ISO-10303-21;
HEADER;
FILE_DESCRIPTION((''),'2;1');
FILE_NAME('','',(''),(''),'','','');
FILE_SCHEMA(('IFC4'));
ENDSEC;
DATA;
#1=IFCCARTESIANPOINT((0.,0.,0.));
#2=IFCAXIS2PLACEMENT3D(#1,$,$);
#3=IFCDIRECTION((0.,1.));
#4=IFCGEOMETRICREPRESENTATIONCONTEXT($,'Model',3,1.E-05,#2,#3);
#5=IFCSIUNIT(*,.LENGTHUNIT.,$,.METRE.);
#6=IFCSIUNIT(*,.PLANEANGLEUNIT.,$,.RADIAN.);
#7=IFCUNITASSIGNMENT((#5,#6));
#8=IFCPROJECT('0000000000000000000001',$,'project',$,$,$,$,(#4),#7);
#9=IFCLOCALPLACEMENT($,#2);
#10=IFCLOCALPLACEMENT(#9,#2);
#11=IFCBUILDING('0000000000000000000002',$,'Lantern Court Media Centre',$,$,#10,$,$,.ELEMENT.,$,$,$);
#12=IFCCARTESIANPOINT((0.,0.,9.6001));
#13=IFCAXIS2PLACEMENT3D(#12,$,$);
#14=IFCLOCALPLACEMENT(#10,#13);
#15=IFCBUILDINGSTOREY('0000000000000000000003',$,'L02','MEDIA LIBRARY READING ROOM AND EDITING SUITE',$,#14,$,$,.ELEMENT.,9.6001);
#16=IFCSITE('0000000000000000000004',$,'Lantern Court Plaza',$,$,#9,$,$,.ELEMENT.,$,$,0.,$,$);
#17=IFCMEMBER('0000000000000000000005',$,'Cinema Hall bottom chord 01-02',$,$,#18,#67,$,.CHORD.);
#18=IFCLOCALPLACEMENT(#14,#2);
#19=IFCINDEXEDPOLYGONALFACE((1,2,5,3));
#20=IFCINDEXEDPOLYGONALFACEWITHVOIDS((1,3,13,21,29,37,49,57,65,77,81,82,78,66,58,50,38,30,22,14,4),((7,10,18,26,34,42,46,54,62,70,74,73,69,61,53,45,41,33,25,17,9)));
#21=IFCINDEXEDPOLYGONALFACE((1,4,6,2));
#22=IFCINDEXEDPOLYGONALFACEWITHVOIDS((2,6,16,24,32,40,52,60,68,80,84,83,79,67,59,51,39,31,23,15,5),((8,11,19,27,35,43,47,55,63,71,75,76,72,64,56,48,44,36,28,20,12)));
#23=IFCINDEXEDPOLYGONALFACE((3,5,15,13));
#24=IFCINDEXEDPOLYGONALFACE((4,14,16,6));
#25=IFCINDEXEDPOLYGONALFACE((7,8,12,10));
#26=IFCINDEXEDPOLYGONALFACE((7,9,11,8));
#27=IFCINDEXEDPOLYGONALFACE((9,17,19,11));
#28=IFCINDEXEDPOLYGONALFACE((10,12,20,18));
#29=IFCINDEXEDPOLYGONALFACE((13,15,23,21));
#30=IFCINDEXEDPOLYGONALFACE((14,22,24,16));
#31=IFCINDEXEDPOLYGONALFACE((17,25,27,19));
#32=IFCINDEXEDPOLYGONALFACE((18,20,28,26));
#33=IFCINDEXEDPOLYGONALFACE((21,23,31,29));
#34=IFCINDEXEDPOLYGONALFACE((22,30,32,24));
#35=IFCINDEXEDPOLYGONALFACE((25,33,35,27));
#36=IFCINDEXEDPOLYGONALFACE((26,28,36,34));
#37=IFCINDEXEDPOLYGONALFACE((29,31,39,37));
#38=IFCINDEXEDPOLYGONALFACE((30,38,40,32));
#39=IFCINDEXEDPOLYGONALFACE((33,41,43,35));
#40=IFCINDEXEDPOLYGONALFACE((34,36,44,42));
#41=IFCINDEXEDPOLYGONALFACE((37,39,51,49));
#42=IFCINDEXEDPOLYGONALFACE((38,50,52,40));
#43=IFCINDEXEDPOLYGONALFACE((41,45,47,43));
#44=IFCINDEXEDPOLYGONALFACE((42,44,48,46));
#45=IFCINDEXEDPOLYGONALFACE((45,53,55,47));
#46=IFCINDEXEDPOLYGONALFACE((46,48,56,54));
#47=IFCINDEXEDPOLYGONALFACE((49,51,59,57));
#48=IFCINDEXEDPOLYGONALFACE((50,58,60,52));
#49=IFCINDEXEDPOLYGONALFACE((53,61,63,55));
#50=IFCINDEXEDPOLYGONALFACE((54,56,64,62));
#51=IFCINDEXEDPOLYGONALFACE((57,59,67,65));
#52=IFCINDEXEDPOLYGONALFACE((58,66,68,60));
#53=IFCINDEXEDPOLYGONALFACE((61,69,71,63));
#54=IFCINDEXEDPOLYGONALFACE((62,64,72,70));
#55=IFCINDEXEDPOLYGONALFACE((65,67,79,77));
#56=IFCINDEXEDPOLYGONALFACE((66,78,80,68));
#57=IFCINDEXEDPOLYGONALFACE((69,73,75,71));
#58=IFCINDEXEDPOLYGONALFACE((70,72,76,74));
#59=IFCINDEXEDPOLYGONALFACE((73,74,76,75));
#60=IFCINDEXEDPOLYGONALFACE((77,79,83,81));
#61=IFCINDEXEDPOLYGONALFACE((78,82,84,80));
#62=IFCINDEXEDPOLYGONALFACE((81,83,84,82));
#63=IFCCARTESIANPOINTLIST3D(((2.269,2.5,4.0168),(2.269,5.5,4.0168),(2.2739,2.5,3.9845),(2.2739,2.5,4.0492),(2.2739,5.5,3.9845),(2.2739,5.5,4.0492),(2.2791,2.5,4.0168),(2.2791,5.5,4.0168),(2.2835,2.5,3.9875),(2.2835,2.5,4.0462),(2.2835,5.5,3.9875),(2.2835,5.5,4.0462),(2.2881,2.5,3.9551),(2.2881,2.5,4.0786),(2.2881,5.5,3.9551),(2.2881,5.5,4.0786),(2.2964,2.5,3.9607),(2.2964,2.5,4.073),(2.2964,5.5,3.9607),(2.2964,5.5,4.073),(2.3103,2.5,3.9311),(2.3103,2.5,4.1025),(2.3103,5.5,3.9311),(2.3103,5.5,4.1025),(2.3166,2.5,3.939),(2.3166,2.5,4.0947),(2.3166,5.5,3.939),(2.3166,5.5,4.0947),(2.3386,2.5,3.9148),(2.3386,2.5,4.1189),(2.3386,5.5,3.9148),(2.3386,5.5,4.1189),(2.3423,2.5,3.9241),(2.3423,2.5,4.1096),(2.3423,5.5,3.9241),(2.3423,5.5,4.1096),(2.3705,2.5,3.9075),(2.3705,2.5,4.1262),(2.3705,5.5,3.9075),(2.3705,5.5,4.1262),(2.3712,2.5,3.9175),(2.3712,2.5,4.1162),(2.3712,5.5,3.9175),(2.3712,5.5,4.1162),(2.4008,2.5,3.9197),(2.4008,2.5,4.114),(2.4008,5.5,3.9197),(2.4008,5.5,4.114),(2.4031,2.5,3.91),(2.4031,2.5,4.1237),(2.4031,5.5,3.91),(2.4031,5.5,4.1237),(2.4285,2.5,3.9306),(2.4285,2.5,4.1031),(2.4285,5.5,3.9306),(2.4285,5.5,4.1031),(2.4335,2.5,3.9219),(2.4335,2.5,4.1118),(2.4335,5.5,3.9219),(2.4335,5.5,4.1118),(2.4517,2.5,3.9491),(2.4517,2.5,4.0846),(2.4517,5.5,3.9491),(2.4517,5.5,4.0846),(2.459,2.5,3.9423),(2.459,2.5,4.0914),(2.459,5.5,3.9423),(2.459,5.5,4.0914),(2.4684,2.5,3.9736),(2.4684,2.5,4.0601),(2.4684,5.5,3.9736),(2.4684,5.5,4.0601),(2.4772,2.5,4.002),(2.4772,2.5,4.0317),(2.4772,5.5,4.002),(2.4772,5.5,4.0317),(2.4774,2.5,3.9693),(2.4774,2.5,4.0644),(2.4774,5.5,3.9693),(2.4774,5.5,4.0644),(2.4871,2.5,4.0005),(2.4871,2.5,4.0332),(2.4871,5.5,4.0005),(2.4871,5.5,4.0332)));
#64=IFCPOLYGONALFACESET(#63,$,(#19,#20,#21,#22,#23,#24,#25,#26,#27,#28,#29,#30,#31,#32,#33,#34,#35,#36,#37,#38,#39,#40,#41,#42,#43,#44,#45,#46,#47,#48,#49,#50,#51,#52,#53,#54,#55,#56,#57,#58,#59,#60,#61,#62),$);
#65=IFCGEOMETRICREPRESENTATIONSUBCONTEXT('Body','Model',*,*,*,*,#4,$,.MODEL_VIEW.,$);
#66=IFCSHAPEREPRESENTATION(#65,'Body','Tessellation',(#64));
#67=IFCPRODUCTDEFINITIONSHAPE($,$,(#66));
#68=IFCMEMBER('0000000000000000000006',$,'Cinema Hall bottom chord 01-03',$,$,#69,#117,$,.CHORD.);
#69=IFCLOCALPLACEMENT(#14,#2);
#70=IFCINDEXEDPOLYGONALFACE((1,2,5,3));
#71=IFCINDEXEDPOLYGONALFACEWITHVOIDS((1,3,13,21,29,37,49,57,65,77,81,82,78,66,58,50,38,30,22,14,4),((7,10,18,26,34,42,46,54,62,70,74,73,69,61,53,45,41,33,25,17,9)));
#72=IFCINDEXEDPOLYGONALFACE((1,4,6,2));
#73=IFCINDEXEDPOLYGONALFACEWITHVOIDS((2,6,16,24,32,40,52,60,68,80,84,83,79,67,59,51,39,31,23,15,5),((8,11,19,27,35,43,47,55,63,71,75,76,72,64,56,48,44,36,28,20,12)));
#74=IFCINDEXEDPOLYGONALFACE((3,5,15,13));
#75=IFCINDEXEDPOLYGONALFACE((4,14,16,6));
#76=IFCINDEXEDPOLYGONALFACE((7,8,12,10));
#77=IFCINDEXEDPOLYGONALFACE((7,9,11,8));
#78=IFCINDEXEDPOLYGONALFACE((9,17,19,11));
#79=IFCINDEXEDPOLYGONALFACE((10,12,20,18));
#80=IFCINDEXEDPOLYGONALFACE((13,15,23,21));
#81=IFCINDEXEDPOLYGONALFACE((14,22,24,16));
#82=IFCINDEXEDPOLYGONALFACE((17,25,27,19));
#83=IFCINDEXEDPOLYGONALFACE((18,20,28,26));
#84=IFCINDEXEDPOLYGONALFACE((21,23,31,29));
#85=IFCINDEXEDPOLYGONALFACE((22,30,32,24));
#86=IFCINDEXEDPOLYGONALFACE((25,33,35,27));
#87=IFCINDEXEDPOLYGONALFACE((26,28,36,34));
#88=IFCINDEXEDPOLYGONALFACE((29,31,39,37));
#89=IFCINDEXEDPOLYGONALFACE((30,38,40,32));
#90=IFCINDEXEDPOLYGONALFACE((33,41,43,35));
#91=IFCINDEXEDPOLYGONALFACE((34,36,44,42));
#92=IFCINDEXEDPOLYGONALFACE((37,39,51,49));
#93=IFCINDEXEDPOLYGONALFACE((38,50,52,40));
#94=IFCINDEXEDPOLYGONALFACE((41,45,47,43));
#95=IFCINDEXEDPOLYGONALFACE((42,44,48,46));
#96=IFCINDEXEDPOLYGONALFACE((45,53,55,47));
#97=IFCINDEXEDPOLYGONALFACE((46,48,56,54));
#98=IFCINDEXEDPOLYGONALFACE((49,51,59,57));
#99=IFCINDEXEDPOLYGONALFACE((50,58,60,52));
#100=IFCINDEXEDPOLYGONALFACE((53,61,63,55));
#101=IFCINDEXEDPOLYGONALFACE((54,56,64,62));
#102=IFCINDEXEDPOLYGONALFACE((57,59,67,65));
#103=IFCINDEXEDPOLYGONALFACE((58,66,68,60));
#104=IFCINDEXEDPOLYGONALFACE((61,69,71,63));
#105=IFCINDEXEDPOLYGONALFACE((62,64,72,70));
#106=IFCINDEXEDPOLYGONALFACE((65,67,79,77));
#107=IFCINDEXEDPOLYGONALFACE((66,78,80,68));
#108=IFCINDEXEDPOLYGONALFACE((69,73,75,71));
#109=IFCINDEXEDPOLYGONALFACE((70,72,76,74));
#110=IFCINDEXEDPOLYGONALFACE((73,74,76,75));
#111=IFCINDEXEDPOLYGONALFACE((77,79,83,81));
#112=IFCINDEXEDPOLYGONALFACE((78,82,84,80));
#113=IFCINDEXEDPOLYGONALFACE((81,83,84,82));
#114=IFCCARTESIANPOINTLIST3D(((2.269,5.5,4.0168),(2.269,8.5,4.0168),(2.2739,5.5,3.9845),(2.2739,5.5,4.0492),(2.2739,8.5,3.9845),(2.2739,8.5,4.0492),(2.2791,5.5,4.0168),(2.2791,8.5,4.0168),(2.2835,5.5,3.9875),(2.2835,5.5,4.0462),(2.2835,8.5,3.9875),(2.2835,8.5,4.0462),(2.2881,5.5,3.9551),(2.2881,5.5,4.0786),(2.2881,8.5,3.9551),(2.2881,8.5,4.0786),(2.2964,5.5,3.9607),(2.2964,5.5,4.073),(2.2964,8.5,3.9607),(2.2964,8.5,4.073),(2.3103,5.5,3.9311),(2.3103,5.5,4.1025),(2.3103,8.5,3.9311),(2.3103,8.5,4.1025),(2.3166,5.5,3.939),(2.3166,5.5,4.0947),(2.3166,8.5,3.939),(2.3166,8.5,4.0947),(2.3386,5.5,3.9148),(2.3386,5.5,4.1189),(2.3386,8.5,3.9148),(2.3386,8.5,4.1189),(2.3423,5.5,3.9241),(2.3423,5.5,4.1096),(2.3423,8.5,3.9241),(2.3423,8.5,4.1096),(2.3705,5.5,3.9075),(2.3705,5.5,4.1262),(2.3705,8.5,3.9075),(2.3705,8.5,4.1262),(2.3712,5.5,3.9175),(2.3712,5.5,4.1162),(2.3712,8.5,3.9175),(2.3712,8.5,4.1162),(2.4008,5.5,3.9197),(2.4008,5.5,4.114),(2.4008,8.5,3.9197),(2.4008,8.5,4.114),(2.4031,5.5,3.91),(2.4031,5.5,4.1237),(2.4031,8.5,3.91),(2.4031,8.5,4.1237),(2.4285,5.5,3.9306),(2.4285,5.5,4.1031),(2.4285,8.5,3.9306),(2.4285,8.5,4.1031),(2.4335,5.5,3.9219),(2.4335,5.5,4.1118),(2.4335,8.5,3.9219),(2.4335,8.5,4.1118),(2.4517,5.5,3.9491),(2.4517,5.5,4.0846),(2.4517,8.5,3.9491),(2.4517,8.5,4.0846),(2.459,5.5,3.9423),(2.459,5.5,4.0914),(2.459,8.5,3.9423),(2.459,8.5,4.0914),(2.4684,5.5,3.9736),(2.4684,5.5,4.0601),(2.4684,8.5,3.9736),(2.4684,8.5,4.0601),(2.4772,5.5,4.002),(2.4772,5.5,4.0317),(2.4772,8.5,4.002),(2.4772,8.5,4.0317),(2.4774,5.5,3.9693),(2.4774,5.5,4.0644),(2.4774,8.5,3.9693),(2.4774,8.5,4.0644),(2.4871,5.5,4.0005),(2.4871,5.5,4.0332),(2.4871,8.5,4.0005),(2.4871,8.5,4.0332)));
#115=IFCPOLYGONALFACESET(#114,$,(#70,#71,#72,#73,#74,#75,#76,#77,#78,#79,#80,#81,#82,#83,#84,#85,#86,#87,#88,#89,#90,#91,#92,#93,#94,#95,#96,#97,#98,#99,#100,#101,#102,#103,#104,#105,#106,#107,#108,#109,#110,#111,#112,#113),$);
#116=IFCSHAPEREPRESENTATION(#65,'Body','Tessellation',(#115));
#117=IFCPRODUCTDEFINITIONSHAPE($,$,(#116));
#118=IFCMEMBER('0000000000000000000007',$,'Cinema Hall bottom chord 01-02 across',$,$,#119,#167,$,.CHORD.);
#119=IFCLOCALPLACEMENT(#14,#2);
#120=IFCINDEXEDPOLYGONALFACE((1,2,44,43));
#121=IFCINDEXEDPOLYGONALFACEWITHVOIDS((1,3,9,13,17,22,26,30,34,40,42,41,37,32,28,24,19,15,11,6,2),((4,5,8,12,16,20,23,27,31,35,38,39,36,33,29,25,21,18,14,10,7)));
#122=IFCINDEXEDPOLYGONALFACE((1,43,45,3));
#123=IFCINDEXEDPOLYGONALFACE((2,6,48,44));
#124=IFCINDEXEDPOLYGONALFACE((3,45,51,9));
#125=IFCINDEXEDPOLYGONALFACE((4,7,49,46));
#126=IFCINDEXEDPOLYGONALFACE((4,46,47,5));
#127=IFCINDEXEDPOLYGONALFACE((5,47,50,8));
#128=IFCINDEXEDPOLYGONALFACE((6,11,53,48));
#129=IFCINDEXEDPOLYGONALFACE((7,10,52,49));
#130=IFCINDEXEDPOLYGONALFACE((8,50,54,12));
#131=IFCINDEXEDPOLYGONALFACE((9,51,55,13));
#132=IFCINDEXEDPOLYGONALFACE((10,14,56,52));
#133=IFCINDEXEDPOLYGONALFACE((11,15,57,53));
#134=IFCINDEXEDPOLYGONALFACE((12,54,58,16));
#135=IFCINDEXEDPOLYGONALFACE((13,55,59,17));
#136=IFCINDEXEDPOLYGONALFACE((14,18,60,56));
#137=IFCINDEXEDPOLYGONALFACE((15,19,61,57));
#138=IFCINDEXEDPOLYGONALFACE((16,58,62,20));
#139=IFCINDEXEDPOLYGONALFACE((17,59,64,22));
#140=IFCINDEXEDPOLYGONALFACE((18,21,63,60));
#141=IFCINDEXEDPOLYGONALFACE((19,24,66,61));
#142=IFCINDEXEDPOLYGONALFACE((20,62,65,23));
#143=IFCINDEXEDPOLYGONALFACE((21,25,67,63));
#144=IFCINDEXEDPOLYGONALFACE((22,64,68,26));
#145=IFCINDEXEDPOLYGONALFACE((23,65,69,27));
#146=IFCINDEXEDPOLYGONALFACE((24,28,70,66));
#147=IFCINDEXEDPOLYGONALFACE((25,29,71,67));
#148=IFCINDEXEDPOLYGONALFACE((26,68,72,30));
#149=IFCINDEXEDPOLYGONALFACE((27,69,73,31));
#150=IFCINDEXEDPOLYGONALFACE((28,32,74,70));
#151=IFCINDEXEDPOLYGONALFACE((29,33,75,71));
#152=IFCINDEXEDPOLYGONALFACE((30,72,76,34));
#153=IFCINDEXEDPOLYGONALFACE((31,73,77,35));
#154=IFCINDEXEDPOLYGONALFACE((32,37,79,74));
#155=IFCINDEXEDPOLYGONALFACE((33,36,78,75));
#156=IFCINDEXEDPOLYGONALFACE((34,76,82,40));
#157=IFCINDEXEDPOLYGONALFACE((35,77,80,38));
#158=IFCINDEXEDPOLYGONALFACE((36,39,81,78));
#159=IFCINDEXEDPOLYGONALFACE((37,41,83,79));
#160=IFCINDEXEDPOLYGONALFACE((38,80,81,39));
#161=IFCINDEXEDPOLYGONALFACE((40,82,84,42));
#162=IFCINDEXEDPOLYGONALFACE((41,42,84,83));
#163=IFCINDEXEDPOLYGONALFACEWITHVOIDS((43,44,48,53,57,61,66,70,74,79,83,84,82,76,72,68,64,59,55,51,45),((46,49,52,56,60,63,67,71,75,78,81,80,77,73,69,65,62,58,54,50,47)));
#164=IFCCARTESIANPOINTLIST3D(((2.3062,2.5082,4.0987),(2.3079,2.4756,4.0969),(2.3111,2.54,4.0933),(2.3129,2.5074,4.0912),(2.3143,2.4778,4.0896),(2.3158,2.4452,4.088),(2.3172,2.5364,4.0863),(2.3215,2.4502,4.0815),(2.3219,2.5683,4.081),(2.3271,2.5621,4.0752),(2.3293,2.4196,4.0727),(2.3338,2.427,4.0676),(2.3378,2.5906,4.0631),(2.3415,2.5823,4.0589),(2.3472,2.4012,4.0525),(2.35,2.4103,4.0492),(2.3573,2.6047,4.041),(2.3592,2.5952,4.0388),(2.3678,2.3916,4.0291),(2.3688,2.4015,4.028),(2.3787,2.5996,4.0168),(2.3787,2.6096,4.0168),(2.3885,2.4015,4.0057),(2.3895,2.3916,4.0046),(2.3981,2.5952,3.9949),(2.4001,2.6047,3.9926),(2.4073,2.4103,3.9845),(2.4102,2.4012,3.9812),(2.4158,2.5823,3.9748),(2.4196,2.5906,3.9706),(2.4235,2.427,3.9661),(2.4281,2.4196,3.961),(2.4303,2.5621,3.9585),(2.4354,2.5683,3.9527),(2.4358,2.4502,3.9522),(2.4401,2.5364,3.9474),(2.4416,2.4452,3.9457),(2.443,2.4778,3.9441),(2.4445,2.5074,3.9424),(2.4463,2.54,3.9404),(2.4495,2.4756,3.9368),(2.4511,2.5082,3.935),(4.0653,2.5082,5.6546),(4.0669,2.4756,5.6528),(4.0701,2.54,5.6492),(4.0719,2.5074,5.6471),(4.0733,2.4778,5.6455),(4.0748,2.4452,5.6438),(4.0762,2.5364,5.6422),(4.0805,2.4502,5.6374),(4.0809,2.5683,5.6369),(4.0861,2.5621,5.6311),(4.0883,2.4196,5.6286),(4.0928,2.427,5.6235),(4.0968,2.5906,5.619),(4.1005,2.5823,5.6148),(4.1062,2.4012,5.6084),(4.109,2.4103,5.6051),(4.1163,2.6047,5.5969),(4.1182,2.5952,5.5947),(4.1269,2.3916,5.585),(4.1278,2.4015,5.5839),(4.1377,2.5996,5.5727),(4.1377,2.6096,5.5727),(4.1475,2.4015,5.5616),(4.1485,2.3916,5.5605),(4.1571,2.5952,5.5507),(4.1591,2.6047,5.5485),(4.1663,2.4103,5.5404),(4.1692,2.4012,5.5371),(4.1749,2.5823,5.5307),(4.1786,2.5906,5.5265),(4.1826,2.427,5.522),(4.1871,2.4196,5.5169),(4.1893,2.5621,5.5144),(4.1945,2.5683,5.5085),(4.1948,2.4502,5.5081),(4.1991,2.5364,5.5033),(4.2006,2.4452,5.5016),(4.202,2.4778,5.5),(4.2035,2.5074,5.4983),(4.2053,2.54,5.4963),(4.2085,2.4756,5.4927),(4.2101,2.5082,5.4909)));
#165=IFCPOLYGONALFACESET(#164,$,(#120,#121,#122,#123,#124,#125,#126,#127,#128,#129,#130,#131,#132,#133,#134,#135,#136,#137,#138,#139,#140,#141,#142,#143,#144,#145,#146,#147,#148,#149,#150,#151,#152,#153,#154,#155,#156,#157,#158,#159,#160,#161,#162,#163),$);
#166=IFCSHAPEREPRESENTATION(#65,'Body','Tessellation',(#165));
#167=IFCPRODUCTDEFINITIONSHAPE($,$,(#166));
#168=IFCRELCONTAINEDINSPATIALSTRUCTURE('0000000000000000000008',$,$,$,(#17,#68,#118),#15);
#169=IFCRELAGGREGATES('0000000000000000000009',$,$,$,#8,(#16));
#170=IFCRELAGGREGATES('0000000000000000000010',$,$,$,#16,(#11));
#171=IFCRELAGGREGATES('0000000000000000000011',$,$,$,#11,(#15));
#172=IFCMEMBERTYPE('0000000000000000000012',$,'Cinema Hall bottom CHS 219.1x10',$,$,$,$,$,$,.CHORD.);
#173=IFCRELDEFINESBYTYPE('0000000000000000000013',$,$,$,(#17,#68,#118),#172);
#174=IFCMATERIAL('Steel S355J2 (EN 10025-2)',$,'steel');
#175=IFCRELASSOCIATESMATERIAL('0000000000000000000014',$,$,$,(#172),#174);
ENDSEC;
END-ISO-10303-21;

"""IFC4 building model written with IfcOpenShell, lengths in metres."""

from ifc_helpers import new_model, si_unit, direction, frame, origin, origin_2d, place, context, subcontext, project, spatial, hollow_circle, extrude, material, material_profile, profile_set, type_object, element, save


model = new_model("IFC4")

# Units and contexts
model_context = context("Model", 3, precision=1e-05, world=origin(), true_north=direction((0.0, 1.0)))
body_context = subcontext(model_context, "Body", "Model", "MODEL_VIEW")
ifc_project = project(units=[si_unit("LENGTHUNIT", "METRE"), si_unit("PLANEANGLEUNIT", "RADIAN")], contexts=[model_context])

# Site, building, storey
site_placement = place(None, origin())
site = spatial("IfcSite", under=ifc_project, at=site_placement, Name="Lantern Court Plaza", CompositionType="ELEMENT", RefElevation=0.0)
building_placement = place(site_placement, origin())
building = spatial("IfcBuilding", under=site, at=building_placement, Name="Lantern Court Media Centre", CompositionType="ELEMENT")
storey_placement = place(building_placement, frame((0.0, 0.0, 9.6001)))
storey = spatial("IfcBuildingStorey", under=building, at=storey_placement, Name="L02", Description="MEDIA LIBRARY READING ROOM AND EDITING SUITE", CompositionType="ELEMENT", Elevation=9.6001)

# Shared definitions
ifc_material_1 = material(Name="Steel S355J2 (EN 10025-2)", Category="steel")

# Members
ifc_material_profile_1 = material_profile(ifc_material_1, hollow_circle(Radius=0.1096, WallThickness=0.01, at=origin_2d()), Name="Cinema Hall bottom CHS 219.1x10")
ifc_profile_set_1 = profile_set([ifc_material_profile_1], Name="Steel S355J2 (EN 10025-2)")
member_type_1 = type_object("IfcMemberType", Name="Cinema Hall bottom CHS 219.1x10", PredefinedType="CHORD", material=ifc_profile_set_1)
for number, where, z_axis, x_axis, name in (
    (1, (2.3787, 2.5, 4.0168), (0.0, 1.0, 0.0), (-1.0, 0.0, 0.0), "Cinema Hall bottom chord 01-02"),
    (2, (2.3787, 5.5, 4.0168), (0.0, 1.0, 0.0), (-1.0, 0.0, 0.0), "Cinema Hall bottom chord 01-03"),
):
    element("IfcMember", number, at=place(storey_placement, frame(where, z_axis=z_axis, x_axis=x_axis)), inside=storey, type_object=member_type_1, Name=name, PredefinedType="CHORD", context=body_context, shape_type="SweptSolid", body=[
        extrude(hollow_circle(Radius=0.1096, WallThickness=0.01, at=origin_2d()), origin(), (0.0, 0.0, 1.0), 3.0),
    ])
for number, where, z_axis, x_axis, name in (
    (3, (2.3787, 2.5, 4.0168), (0.74903, 0.0, 0.662536), (0.0, 1.0, 0.0), "Cinema Hall bottom chord 01-02 across"),
):
    element("IfcMember", number, at=place(storey_placement, frame(where, z_axis=z_axis, x_axis=x_axis)), inside=storey, type_object=member_type_1, Name=name, PredefinedType="CHORD", context=body_context, shape_type="SweptSolid", body=[
        extrude(hollow_circle(Radius=0.1096, WallThickness=0.01, at=origin_2d()), origin(), (0.0, 0.0, 1.0), 2.3484),
    ])

save(model, "model.ifc")
